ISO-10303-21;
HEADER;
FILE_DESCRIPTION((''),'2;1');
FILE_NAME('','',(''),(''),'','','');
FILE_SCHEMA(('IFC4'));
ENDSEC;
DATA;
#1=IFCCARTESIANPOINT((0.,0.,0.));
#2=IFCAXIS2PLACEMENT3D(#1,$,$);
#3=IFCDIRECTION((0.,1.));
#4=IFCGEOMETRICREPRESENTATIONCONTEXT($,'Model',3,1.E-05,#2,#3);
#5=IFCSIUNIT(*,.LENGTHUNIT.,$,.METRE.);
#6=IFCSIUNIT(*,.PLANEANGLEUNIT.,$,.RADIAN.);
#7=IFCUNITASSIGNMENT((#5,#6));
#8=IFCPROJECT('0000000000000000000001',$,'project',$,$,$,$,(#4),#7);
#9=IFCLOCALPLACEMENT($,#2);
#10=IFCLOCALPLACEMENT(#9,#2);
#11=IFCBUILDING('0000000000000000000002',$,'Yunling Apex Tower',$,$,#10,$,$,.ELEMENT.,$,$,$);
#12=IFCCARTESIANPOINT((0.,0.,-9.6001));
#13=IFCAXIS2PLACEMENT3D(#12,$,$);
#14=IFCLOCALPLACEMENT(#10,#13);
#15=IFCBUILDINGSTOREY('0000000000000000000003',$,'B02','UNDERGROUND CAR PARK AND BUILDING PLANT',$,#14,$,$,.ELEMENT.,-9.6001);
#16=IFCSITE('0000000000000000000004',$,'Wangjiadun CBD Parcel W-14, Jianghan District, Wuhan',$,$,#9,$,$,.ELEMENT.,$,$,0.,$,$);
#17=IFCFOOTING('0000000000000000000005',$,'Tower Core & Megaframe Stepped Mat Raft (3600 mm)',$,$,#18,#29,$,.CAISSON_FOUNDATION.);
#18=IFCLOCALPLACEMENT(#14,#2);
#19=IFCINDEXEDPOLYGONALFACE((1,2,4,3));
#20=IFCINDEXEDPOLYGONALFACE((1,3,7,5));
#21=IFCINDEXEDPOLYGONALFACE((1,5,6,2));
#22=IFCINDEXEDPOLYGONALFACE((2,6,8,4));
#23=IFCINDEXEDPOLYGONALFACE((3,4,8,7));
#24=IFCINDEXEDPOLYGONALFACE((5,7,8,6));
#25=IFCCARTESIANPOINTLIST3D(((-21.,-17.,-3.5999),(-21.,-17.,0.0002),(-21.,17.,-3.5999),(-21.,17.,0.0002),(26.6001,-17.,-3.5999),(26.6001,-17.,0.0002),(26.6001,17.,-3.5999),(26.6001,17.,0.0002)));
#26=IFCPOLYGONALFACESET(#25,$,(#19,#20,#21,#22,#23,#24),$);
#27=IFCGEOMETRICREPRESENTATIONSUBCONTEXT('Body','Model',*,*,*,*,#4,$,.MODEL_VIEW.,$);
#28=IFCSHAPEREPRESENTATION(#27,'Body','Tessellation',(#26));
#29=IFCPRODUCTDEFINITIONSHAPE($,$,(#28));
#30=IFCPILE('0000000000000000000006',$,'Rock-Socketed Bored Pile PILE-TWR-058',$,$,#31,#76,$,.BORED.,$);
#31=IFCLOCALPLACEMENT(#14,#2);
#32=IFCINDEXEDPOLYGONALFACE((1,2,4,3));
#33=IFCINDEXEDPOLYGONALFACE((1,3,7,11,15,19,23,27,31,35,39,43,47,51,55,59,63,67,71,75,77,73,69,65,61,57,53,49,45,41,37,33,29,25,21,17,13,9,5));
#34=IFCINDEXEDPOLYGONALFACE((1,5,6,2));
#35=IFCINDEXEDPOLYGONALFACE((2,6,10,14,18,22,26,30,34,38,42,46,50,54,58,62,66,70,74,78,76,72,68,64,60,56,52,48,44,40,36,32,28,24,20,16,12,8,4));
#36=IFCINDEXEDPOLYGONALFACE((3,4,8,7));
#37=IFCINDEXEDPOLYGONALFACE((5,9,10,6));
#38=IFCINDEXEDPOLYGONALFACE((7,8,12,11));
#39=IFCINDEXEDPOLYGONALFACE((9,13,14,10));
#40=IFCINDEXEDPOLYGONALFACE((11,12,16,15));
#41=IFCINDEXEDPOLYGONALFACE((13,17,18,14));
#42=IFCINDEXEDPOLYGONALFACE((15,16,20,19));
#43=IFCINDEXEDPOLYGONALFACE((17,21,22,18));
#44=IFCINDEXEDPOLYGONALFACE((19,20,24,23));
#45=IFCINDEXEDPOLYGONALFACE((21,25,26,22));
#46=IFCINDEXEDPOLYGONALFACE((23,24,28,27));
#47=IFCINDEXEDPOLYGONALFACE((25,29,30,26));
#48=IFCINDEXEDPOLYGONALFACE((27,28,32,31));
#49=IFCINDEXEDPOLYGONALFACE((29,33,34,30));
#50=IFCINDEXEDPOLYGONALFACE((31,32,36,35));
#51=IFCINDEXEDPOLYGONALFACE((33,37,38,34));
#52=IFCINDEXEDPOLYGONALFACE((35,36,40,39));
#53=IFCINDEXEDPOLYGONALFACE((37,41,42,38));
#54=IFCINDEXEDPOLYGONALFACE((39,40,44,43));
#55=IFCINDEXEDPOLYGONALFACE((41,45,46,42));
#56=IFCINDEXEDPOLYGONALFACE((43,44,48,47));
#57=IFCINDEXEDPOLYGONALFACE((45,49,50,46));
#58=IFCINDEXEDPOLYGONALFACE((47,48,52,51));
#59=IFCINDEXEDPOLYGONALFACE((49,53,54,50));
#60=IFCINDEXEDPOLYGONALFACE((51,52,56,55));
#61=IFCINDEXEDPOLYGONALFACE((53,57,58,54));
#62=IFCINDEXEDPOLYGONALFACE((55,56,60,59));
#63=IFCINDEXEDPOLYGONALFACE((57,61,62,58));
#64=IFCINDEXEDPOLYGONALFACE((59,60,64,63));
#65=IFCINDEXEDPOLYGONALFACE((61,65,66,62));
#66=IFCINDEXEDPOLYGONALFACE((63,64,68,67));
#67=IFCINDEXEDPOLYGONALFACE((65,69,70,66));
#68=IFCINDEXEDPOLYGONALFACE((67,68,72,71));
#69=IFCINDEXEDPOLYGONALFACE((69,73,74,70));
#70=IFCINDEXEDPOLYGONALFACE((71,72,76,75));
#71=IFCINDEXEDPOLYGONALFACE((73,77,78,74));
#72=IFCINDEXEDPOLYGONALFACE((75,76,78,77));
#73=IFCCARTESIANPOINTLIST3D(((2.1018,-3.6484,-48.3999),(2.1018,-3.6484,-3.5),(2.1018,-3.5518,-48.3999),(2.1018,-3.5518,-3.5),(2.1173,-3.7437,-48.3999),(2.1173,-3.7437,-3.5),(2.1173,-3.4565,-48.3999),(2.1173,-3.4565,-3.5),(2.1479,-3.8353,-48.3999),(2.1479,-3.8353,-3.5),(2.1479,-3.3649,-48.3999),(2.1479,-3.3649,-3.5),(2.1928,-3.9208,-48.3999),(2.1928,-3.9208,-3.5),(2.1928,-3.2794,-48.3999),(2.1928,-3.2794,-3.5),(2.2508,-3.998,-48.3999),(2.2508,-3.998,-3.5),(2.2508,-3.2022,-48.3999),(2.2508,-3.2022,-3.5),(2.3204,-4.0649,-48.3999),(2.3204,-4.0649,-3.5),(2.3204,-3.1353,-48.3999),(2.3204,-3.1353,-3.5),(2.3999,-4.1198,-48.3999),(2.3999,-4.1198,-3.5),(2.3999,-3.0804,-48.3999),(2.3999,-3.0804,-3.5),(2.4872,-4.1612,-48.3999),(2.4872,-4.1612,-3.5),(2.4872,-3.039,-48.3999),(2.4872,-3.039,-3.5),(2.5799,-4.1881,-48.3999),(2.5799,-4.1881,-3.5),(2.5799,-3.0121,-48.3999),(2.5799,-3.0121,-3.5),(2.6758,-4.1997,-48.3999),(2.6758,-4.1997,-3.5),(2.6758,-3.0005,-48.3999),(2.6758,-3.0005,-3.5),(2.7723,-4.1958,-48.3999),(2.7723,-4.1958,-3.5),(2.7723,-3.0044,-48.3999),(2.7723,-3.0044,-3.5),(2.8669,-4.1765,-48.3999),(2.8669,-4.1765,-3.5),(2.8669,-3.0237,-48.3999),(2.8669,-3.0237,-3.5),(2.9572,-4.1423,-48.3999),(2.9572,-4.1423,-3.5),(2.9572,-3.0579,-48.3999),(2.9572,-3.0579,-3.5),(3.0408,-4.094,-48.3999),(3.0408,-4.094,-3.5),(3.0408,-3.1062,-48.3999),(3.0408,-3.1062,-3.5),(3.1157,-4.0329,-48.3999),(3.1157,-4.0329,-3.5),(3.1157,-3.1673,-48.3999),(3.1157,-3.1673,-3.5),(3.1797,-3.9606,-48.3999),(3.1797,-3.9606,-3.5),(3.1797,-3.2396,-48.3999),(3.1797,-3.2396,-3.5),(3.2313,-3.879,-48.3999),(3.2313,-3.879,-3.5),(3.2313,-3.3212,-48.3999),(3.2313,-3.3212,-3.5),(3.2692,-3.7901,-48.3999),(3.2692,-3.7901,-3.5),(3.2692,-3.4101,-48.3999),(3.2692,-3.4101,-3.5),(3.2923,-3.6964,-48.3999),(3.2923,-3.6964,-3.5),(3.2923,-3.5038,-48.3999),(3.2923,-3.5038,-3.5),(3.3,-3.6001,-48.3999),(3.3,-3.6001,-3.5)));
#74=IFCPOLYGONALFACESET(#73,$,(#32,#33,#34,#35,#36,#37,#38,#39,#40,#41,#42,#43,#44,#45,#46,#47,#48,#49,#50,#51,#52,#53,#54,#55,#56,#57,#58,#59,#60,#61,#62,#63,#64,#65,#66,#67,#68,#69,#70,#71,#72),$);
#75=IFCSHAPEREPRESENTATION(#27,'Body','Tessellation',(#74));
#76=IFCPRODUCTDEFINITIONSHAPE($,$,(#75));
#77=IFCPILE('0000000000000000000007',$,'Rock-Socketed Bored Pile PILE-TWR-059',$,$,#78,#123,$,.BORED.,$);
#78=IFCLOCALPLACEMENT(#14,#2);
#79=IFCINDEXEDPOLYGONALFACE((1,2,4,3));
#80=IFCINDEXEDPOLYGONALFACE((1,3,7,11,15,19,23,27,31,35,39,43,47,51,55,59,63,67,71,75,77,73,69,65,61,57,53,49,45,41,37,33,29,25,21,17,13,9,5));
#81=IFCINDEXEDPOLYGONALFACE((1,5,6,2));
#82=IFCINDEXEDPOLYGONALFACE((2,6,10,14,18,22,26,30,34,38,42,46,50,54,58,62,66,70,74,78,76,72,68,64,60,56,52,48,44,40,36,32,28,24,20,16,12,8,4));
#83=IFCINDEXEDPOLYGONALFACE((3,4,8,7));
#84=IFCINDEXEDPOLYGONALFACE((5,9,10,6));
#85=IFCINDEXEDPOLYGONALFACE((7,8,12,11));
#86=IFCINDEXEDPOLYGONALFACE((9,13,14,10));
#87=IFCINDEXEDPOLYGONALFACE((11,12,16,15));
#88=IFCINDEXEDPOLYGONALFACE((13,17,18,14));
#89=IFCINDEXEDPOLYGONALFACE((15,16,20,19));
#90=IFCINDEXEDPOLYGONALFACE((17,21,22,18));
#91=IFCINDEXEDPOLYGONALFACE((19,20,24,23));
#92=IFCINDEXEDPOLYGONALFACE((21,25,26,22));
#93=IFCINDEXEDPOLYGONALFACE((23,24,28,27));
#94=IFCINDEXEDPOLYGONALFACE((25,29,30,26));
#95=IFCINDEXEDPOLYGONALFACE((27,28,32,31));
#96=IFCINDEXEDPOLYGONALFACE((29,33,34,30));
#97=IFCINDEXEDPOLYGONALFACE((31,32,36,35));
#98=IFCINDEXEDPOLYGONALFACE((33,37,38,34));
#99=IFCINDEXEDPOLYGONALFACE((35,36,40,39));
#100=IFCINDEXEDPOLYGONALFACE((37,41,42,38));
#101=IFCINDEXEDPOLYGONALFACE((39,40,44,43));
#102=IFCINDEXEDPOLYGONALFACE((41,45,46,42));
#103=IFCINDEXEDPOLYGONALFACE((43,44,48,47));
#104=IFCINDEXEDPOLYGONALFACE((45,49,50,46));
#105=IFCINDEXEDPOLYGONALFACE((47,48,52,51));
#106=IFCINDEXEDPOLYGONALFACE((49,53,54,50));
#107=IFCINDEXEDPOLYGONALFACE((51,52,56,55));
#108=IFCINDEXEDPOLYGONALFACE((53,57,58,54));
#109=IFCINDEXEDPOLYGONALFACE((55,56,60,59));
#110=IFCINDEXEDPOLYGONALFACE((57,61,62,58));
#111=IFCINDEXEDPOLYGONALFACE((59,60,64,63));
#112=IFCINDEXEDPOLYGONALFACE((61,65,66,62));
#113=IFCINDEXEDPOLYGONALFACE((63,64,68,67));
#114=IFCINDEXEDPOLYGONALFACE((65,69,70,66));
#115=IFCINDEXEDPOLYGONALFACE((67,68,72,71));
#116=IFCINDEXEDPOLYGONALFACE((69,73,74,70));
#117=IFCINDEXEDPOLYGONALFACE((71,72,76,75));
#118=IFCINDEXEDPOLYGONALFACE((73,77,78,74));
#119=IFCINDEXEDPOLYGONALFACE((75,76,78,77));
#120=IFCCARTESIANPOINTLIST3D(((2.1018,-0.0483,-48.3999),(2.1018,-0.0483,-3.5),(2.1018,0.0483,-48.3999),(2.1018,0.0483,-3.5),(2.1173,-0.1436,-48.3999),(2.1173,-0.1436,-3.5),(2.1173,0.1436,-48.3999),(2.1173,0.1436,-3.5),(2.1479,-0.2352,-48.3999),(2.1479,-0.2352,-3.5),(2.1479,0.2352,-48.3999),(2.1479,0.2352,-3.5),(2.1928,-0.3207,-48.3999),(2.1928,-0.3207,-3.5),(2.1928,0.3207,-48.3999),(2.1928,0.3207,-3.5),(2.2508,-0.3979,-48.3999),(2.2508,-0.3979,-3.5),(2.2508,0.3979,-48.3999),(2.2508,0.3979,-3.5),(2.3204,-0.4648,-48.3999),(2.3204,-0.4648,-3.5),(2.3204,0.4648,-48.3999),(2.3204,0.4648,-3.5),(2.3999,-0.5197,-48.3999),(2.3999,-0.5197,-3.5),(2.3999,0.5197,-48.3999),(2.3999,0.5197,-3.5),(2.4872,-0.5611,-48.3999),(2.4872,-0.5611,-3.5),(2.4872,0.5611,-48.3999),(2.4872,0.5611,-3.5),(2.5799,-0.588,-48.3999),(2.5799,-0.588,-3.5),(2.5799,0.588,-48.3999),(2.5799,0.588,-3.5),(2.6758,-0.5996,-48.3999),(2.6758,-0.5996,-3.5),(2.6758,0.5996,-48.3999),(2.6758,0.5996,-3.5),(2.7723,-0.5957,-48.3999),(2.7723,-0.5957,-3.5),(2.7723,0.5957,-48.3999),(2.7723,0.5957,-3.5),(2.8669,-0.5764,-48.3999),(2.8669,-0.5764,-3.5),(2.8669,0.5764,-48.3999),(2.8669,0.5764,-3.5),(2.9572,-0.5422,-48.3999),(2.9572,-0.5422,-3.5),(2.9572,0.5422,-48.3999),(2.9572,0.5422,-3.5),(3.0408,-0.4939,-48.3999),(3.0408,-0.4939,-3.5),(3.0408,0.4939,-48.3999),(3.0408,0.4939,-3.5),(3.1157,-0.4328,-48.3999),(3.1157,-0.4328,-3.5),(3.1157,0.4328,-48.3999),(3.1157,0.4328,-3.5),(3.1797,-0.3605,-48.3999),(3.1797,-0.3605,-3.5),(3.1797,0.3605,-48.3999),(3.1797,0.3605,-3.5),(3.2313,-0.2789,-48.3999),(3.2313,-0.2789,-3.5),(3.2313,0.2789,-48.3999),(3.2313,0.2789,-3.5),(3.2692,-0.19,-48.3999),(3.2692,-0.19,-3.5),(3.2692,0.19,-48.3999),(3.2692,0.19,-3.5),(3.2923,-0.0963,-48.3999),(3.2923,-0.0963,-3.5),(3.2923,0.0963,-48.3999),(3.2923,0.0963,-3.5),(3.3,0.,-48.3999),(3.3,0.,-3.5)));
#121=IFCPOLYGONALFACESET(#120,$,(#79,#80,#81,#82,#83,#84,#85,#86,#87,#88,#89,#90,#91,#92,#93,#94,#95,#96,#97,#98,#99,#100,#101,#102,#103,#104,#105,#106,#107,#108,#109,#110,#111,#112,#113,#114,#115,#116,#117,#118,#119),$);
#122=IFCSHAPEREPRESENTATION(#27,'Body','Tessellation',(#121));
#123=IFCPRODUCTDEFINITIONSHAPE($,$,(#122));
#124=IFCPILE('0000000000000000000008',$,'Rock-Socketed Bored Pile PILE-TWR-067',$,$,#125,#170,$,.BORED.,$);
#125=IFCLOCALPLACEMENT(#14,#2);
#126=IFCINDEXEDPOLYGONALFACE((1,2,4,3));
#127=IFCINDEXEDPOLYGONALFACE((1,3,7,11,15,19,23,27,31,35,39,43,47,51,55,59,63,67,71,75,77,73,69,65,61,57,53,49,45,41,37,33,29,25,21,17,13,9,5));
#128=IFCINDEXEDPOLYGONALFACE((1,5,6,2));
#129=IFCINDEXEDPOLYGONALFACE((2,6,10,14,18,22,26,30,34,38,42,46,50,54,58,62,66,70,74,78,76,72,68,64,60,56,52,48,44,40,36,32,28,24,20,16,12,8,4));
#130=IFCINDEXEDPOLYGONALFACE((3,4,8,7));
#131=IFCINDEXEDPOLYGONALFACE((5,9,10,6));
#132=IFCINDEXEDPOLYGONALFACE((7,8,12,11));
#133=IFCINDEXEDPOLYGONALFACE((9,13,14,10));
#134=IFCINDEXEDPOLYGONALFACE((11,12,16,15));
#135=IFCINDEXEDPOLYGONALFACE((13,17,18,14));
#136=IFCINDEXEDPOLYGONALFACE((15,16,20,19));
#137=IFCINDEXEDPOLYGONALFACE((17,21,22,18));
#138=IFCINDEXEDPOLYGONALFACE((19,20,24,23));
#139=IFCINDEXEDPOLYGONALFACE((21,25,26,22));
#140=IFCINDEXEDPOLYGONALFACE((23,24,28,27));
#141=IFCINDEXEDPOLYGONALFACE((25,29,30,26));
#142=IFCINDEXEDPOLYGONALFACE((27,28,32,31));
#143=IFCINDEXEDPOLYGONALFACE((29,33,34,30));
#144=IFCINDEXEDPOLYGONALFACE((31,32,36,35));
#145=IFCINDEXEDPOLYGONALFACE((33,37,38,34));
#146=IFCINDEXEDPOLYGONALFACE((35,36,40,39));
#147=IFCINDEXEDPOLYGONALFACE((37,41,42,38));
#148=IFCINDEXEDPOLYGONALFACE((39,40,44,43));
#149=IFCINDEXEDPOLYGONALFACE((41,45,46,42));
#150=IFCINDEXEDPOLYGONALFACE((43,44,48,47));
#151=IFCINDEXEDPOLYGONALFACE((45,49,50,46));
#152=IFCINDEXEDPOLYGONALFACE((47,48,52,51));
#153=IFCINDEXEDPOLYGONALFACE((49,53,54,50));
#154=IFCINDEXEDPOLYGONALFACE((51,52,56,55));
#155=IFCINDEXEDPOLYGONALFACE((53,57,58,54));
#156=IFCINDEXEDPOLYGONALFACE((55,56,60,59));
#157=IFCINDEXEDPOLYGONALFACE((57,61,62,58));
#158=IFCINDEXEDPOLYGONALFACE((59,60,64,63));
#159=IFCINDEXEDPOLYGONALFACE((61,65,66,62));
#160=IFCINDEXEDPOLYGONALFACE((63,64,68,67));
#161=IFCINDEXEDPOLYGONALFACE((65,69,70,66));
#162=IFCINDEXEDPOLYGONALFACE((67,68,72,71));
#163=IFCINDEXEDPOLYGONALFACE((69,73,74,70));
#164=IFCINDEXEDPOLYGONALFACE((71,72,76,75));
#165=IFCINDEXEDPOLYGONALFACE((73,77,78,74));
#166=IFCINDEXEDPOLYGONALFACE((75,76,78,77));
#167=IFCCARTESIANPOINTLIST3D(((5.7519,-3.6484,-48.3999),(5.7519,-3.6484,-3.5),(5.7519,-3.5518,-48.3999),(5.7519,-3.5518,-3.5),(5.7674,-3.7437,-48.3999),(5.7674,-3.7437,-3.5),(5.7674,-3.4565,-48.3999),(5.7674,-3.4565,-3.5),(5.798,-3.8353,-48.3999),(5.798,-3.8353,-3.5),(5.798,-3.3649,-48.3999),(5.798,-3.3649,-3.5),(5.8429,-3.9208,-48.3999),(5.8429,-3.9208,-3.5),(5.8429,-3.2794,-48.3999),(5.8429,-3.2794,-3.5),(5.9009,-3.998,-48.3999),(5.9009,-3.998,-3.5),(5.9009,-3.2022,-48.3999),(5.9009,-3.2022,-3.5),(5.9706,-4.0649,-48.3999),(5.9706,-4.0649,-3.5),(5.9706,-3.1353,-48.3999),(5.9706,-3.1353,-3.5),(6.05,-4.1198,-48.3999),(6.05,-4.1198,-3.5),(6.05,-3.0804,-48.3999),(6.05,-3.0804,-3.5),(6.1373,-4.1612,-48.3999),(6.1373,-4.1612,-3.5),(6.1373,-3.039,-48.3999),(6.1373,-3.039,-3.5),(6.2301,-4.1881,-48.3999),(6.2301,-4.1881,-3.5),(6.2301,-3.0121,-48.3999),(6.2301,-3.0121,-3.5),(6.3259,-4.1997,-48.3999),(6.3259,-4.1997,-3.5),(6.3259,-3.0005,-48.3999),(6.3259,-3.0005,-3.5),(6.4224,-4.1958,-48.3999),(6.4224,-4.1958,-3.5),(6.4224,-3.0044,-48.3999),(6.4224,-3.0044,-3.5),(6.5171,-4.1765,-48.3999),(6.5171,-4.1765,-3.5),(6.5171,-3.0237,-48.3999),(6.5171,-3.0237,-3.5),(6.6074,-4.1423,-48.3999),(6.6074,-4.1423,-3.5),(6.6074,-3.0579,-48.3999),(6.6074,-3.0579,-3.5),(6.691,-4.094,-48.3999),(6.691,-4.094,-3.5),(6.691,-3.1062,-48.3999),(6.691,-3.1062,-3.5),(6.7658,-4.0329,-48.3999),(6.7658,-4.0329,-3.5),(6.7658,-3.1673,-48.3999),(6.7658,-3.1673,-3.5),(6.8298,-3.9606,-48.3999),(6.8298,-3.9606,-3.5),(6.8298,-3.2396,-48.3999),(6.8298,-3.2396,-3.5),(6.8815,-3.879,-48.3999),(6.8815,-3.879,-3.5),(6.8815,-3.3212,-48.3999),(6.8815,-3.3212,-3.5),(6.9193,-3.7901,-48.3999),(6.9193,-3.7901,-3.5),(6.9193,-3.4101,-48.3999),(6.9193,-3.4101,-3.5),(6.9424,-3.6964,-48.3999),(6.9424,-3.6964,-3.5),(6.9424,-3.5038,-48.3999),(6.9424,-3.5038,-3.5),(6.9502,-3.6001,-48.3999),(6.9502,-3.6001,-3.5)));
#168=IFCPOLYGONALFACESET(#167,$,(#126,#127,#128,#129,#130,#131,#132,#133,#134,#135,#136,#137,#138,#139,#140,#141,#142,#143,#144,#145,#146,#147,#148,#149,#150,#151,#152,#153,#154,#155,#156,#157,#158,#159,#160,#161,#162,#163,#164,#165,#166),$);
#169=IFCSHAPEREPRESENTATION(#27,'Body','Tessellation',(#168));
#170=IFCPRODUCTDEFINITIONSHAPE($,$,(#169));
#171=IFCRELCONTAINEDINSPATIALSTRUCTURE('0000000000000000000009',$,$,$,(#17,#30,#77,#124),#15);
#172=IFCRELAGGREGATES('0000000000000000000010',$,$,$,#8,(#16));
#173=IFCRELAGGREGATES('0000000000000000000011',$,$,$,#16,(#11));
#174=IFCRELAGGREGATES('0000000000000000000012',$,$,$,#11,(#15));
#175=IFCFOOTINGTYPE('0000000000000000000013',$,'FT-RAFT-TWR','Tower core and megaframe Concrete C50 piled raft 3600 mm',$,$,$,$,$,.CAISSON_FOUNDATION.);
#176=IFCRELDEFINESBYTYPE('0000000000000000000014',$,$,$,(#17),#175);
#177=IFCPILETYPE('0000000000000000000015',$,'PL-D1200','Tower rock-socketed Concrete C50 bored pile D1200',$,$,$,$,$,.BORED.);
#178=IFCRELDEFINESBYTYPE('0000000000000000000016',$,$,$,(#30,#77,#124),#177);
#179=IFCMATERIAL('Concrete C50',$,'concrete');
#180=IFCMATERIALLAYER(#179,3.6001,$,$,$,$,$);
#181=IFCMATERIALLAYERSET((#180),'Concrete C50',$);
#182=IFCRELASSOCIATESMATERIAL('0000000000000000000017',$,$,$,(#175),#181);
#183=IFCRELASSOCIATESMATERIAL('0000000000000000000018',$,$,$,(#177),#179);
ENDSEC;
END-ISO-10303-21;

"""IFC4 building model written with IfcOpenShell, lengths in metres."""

from ifc_helpers import new_model, si_unit, direction, frame, origin, origin_2d, place, context, subcontext, project, spatial, rectangle, circle, extrude, source, transform, mapped, material, layer, layer_set, material_profile, profile_set, type_object, element, save


model = new_model("IFC4")

# Units and contexts
model_context = context("Model", 3, precision=1e-05, world=origin(), true_north=direction((0.0, 1.0)))
body_context = subcontext(model_context, "Body", "Model", "MODEL_VIEW")
ifc_project = project(units=[si_unit("LENGTHUNIT", "METRE"), si_unit("PLANEANGLEUNIT", "RADIAN")], contexts=[model_context])

# Site, building, storey
site_placement = place(None, origin())
site = spatial("IfcSite", under=ifc_project, at=site_placement, Name="Wangjiadun CBD Parcel W-14, Jianghan District, Wuhan", CompositionType="ELEMENT", RefElevation=0.0)
building_placement = place(site_placement, origin())
building = spatial("IfcBuilding", under=site, at=building_placement, Name="Yunling Apex Tower", CompositionType="ELEMENT")
storey_placement = place(building_placement, frame((0.0, 0.0, -9.6001)))
storey = spatial("IfcBuildingStorey", under=building, at=storey_placement, Name="B02", Description="UNDERGROUND CAR PARK AND BUILDING PLANT", CompositionType="ELEMENT", Elevation=-9.6001)

# Footing
ifc_material_1 = material(Name="Concrete C50", Category="concrete")
ifc_layer_1 = layer(ifc_material_1, 3.6001)
ifc_layer_set_1 = layer_set([ifc_layer_1], Name="Concrete C50")
footing_type = type_object("IfcFootingType", Name="FT-RAFT-TWR", Description="Tower core and megaframe Concrete C50 piled raft 3600 mm", PredefinedType="CAISSON_FOUNDATION", material=ifc_layer_set_1)
shared_shape_1 = source(origin(), body_context, "Body", "SweptSolid", [
    extrude(rectangle(XDim=47.6001, YDim=34.0, at=origin_2d()), origin(), (0.0, 0.0, 1.0), 3.6001),
])
footing_placement = place(storey_placement, frame((2.8, 0.0, -3.5999), z_axis=(0.0, 0.0, 1.0), x_axis=(1.0, 0.0, 0.0)))
element("IfcFooting", 1, at=footing_placement, inside=storey, type_object=footing_type, Name="Tower Core & Megaframe Stepped Mat Raft (3600 mm)", PredefinedType="CAISSON_FOUNDATION", context=body_context, shape_type="MappedRepresentation", body=[
    mapped(shared_shape_1, transform((0.0, 0.0, 0.0), scale=1.0)),
])

# Piles
ifc_material_profile_1 = material_profile(ifc_material_1, circle(Radius=0.6001, at=origin_2d()))
ifc_profile_set_1 = profile_set([ifc_material_profile_1], Name="Concrete C50")
pile_type = type_object("IfcPileType", Name="PL-D1200", Description="Tower rock-socketed Concrete C50 bored pile D1200", PredefinedType="BORED", material=ifc_profile_set_1)
shared_shape_2 = source(origin(), body_context, "Body", "SweptSolid", [
    extrude(circle(Radius=0.6001, at=origin_2d()), origin(), (0.0, 0.0, 1.0), 44.8999),
])
for number, where, z_axis, x_axis, name in (
    (2, (2.7, -3.6001, -3.5), (0.0, 0.0, -1.0), (1.0, 0.0, 0.0), "Rock-Socketed Bored Pile PILE-TWR-058"),
    (3, (2.7, 0.0, -3.5), (0.0, 0.0, -1.0), (1.0, 0.0, 0.0), "Rock-Socketed Bored Pile PILE-TWR-059"),
    (4, (6.3501, -3.6001, -3.5), (0.0, 0.0, -1.0), (1.0, 0.0, 0.0), "Rock-Socketed Bored Pile PILE-TWR-067"),
):
    element("IfcPile", number, at=place(storey_placement, frame(where, z_axis=z_axis, x_axis=x_axis)), inside=storey, type_object=pile_type, Name=name, PredefinedType="BORED", context=body_context, shape_type="MappedRepresentation", body=[
        mapped(shared_shape_2, transform((0.0, 0.0, 0.0), scale=1.0)),
    ])

save(model, "model.ifc")
